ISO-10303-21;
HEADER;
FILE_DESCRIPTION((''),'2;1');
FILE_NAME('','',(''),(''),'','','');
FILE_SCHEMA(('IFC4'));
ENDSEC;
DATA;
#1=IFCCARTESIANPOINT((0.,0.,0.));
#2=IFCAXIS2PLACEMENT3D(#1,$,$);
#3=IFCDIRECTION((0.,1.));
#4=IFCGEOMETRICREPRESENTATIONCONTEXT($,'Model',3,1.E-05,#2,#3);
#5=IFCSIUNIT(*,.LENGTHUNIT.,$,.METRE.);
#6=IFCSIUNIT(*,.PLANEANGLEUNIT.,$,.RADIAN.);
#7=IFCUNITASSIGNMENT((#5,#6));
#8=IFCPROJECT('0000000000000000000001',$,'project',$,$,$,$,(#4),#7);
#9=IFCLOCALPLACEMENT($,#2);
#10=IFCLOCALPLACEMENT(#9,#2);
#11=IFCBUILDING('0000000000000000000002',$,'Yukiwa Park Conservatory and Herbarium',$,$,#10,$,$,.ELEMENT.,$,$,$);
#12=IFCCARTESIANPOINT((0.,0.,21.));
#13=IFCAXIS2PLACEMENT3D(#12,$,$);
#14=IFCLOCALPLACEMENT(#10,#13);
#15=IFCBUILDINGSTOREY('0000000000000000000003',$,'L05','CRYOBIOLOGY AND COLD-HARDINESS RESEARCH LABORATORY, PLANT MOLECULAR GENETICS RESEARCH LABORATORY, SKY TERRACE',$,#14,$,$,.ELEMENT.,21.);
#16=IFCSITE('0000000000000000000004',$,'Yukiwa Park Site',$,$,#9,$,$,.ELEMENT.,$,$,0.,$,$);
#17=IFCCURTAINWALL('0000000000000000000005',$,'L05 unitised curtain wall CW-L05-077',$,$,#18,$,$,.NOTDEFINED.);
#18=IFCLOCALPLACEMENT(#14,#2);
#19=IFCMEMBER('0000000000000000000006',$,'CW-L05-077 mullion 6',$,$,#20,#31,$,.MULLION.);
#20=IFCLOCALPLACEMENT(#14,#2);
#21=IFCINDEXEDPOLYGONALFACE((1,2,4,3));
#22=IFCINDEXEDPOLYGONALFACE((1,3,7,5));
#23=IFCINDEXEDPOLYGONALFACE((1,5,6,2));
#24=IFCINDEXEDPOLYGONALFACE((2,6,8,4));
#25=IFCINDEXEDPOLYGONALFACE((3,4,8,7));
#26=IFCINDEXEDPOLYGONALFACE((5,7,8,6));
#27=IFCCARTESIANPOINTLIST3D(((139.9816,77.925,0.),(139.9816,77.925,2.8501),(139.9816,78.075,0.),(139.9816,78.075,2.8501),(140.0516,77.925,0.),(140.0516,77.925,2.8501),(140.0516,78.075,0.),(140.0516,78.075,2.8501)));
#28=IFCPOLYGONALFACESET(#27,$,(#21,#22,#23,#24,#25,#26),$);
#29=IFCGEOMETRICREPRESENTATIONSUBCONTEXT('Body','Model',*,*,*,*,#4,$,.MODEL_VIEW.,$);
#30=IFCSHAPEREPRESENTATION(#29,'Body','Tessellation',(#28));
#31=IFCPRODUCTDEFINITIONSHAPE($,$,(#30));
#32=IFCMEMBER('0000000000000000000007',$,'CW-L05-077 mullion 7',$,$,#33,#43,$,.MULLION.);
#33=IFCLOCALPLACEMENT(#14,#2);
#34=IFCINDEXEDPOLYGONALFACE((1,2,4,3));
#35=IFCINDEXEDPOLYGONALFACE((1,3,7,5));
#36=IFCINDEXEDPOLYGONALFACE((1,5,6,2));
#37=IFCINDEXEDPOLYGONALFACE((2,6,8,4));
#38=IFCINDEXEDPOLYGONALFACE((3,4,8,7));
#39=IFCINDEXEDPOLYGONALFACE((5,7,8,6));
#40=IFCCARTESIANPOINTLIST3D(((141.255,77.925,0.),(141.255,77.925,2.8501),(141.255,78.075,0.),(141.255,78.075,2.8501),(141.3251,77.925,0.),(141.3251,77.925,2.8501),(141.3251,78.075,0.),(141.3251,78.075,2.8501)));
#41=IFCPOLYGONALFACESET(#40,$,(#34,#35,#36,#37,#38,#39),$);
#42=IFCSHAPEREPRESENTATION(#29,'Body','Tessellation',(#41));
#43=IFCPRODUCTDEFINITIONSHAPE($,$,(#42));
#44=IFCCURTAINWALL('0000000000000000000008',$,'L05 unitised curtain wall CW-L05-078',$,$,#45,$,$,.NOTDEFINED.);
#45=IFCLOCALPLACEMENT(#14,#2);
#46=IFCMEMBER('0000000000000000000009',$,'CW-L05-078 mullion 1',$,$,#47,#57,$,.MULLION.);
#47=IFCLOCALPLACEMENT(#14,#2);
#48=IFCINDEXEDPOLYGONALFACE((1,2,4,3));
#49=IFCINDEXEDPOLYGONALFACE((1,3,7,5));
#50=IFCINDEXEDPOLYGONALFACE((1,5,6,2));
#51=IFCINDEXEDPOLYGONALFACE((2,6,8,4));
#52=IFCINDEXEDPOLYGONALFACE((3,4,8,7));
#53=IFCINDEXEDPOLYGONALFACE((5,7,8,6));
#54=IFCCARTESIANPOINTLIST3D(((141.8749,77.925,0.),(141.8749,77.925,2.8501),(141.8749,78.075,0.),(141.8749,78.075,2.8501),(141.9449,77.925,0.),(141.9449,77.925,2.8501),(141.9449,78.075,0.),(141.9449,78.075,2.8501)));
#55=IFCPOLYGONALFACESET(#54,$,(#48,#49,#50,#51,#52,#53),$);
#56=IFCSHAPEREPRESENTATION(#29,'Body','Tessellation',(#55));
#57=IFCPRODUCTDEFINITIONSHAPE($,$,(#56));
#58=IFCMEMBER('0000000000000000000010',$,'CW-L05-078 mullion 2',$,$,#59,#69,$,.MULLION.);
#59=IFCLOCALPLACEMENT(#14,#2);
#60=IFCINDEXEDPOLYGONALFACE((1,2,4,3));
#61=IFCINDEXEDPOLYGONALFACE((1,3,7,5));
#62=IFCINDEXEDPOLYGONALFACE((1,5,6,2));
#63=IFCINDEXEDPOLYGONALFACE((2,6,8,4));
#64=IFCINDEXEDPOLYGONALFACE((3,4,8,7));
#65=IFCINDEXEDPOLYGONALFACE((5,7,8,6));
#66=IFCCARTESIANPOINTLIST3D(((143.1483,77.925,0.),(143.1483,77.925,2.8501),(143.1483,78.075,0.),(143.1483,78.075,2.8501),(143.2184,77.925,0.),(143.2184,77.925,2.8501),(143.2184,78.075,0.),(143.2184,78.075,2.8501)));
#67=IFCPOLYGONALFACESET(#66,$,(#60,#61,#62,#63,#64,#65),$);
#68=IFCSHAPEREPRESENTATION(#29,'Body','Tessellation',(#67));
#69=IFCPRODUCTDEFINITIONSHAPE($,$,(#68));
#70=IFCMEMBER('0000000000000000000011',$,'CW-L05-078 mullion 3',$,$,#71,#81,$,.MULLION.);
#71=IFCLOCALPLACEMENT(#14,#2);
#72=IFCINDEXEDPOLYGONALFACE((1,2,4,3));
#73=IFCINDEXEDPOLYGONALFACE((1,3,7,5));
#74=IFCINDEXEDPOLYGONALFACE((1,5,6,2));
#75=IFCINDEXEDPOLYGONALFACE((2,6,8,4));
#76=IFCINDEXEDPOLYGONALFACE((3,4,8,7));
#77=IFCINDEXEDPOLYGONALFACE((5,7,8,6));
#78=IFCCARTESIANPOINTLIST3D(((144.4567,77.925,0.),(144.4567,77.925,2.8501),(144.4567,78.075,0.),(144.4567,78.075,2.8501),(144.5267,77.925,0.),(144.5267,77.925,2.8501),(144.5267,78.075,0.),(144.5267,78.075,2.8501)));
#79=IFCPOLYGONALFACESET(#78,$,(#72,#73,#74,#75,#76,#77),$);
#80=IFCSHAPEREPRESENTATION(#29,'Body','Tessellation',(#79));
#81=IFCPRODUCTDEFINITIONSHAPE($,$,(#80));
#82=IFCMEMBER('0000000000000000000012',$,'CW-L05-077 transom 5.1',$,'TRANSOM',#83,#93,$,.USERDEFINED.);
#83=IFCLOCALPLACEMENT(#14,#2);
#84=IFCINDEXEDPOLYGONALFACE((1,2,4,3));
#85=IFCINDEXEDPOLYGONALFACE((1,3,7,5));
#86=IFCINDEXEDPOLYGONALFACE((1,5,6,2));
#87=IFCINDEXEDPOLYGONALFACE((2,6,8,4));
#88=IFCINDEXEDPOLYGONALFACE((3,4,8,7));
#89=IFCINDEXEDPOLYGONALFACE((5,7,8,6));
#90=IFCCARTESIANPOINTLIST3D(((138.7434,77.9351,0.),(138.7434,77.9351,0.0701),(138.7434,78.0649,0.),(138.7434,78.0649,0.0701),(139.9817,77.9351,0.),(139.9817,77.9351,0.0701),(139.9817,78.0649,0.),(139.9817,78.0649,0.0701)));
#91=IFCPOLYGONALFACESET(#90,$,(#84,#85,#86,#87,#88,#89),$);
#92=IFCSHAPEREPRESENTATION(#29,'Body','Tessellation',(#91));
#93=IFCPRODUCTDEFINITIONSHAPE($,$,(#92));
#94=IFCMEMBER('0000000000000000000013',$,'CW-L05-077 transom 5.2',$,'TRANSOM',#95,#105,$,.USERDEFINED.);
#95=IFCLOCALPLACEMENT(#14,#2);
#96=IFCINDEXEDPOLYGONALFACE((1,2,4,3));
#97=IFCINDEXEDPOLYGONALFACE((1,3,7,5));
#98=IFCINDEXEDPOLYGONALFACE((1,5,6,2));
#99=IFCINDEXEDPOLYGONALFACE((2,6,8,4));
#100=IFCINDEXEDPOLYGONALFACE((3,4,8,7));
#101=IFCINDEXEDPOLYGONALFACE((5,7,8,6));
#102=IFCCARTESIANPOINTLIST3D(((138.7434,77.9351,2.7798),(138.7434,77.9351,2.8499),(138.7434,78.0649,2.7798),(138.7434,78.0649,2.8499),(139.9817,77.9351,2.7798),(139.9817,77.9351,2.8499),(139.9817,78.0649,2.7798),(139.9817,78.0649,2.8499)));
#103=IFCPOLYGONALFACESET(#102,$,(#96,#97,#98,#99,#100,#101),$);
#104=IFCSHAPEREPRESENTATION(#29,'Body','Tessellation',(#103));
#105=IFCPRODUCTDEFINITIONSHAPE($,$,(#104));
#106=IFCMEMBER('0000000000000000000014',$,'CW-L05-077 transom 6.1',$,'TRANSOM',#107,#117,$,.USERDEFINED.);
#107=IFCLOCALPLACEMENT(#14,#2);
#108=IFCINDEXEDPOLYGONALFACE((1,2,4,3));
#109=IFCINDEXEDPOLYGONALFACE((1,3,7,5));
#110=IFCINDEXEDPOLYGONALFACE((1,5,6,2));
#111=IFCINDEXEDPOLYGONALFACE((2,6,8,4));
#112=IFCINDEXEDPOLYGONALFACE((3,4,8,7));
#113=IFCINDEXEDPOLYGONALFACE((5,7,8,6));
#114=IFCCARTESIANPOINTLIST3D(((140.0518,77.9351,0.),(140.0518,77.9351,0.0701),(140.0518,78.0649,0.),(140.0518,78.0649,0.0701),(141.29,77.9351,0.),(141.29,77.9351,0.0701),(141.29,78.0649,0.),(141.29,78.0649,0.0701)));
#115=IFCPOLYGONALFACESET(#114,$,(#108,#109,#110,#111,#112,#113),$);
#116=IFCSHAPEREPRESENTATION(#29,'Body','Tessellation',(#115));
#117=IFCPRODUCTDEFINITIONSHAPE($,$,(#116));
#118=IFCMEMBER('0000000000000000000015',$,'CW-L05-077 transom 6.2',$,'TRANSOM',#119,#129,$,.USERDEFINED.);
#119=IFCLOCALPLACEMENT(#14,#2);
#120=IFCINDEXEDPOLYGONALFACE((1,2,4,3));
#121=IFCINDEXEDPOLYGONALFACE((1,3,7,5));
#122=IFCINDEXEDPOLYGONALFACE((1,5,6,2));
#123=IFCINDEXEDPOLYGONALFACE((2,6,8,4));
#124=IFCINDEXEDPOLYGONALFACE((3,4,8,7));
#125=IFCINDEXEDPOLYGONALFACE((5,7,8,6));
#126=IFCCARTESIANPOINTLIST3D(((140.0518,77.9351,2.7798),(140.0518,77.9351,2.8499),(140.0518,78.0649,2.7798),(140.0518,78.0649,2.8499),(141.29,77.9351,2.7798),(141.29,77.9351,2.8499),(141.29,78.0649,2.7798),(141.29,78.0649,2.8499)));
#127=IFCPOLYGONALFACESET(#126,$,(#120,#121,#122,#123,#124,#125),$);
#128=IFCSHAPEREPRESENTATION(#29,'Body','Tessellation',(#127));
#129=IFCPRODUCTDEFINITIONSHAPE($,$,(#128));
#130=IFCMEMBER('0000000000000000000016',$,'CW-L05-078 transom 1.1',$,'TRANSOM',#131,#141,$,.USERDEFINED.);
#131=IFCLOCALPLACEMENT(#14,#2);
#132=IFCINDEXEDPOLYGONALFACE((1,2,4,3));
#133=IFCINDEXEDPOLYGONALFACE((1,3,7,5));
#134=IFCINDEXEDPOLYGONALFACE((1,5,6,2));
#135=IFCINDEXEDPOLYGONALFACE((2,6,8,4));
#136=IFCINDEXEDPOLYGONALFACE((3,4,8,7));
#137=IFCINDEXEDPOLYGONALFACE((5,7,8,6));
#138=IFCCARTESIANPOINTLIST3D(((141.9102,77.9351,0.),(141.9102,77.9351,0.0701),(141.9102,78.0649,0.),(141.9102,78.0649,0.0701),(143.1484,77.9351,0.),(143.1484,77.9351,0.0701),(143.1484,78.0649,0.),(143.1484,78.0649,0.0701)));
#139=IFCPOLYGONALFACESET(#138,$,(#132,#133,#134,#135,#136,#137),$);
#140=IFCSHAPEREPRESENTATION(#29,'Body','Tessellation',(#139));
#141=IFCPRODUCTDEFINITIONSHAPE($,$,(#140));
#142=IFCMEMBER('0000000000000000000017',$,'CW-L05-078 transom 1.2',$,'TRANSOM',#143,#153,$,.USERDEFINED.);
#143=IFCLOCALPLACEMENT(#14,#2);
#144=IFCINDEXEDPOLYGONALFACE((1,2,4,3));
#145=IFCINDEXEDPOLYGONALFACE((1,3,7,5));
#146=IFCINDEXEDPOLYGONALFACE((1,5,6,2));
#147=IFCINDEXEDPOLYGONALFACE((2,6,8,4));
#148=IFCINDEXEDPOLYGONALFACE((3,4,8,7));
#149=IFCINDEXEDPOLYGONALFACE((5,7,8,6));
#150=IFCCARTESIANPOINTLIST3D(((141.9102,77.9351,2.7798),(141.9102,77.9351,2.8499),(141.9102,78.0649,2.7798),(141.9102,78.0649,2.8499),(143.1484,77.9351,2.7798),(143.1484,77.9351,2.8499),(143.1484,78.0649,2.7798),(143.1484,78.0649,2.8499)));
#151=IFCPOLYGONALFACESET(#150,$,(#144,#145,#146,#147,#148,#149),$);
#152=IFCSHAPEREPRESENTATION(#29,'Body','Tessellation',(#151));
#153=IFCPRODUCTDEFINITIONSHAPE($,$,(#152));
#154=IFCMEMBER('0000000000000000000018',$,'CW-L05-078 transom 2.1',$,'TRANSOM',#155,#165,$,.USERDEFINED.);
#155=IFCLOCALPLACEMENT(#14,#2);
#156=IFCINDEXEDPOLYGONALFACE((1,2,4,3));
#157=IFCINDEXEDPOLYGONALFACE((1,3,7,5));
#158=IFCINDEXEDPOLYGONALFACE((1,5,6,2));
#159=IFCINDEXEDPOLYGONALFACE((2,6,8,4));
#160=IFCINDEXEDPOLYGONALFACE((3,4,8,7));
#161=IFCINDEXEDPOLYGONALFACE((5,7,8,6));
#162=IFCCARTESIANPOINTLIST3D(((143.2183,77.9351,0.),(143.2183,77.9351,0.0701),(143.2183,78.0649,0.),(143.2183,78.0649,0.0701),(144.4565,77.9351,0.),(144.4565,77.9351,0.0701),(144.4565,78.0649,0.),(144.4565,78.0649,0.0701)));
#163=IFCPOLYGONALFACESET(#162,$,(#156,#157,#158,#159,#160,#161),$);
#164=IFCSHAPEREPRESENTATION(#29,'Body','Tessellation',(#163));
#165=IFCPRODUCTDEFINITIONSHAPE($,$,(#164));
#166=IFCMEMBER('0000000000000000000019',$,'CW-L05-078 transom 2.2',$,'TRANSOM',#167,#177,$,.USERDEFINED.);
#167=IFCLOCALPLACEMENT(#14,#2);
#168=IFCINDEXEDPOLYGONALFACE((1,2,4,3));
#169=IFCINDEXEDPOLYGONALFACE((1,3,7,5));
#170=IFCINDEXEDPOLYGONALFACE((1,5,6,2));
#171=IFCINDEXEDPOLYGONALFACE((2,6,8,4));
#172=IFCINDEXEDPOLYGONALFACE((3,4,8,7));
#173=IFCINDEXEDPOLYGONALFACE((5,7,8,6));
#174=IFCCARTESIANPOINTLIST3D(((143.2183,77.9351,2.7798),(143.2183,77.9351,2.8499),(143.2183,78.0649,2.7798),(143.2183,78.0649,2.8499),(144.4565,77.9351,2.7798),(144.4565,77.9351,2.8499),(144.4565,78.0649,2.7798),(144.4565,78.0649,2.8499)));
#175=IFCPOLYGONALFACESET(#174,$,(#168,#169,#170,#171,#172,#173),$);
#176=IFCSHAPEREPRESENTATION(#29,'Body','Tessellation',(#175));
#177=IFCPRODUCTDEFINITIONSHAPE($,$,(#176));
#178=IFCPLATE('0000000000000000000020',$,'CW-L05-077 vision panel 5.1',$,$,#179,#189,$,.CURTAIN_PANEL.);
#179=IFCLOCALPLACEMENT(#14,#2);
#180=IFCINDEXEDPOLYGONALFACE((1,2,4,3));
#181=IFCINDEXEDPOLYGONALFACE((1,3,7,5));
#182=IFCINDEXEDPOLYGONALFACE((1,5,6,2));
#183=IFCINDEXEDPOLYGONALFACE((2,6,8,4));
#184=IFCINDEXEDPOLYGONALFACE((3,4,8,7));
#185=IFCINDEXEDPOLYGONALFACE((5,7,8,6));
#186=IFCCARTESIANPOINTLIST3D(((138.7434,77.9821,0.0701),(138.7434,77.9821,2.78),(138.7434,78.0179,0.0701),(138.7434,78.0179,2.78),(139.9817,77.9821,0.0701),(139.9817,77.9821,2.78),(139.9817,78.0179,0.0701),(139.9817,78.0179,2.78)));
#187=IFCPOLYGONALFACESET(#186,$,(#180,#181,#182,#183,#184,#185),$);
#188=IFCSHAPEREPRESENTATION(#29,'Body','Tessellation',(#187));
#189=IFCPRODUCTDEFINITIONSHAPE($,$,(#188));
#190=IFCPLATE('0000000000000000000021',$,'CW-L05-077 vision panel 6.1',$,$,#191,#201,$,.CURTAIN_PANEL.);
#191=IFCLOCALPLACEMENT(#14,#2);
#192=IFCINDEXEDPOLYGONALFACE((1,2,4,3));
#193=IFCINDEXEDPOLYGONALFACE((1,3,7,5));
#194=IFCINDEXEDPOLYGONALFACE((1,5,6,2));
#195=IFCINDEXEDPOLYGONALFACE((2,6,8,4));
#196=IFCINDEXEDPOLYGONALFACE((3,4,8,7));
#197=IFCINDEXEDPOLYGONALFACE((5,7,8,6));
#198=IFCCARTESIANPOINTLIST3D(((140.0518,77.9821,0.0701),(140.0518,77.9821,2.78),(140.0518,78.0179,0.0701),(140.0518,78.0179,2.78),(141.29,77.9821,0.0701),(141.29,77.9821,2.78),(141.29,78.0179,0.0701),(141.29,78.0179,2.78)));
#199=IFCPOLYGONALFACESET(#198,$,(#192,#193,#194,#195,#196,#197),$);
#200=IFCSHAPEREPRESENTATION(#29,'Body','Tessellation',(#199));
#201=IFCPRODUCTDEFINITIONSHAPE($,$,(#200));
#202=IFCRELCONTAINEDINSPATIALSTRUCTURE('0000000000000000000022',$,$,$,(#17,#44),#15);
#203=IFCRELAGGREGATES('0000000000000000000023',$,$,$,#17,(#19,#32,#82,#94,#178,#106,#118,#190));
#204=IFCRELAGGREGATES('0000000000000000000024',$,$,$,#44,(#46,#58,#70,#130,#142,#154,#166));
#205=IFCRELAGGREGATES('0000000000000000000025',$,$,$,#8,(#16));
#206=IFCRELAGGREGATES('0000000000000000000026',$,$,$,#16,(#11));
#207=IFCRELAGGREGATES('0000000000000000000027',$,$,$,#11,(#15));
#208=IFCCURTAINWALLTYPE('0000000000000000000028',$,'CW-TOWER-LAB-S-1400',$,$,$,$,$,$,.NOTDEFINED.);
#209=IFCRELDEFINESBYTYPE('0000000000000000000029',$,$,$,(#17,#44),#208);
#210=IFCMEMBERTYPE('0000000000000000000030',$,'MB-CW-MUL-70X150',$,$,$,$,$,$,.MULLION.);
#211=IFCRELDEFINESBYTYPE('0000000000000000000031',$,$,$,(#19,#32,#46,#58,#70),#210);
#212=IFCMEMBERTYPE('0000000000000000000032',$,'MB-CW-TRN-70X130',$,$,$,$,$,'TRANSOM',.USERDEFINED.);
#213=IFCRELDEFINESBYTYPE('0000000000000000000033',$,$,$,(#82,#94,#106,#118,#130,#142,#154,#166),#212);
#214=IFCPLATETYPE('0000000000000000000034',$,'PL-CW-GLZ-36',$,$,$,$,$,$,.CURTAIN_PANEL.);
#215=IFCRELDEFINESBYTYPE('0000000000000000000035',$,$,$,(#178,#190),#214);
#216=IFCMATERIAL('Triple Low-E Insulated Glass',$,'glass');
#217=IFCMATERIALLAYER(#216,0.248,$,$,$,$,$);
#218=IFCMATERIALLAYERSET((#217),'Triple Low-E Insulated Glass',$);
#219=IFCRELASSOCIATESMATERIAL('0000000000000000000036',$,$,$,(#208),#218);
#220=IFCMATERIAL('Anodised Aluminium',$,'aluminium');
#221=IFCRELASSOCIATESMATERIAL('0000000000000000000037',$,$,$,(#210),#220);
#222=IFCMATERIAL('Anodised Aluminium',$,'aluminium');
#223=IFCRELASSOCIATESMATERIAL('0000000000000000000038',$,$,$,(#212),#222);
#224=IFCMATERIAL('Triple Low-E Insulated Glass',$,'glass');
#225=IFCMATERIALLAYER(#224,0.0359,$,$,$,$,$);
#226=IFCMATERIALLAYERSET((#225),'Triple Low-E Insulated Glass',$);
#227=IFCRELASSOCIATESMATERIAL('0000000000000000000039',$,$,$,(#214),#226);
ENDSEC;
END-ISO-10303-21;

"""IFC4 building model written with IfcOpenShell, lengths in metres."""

from ifc_helpers import new_model, si_unit, direction, frame, origin, origin_2d, place, context, subcontext, project, spatial, rectangle, extrude, material, layer, layer_set, type_object, element, aggregate, save


model = new_model("IFC4")

# Units and contexts
model_context = context("Model", 3, precision=1e-05, world=origin(), true_north=direction((0.0, 1.0)))
body_context = subcontext(model_context, "Body", "Model", "MODEL_VIEW")
ifc_project = project(units=[si_unit("LENGTHUNIT", "METRE"), si_unit("PLANEANGLEUNIT", "RADIAN")], contexts=[model_context])

# Site, building, storey
site_placement = place(None, origin())
site = spatial("IfcSite", under=ifc_project, at=site_placement, Name="Yukiwa Park Site", CompositionType="ELEMENT", RefElevation=0.0)
building_placement = place(site_placement, origin())
building = spatial("IfcBuilding", under=site, at=building_placement, Name="Yukiwa Park Conservatory and Herbarium", CompositionType="ELEMENT")
storey_placement = place(building_placement, frame((0.0, 0.0, 21.0)))
storey = spatial("IfcBuildingStorey", under=building, at=storey_placement, Name="L05", Description="CRYOBIOLOGY AND COLD-HARDINESS RESEARCH LABORATORY, PLANT MOLECULAR GENETICS RESEARCH LABORATORY, SKY TERRACE", CompositionType="ELEMENT", Elevation=21.0)

# Curtain walls, members
ifc_material_1 = material(Name="Triple Low-E Insulated Glass", Category="glass")
ifc_layer_1 = layer(ifc_material_1, 0.248)
ifc_layer_set_1 = layer_set([ifc_layer_1], Name="Triple Low-E Insulated Glass")
curtain_wall_type = type_object("IfcCurtainWallType", Name="CW-TOWER-LAB-S-1400", PredefinedType="NOTDEFINED", material=ifc_layer_set_1)
curtain_wall_1_placement = place(storey_placement, origin())
curtain_wall_1 = element("IfcCurtainWall", 1, at=curtain_wall_1_placement, inside=storey, type_object=curtain_wall_type, Name="L05 unitised curtain wall CW-L05-077", PredefinedType="NOTDEFINED")
ifc_material_2 = material(Name="Anodised Aluminium", Category="aluminium")
member_type_1 = type_object("IfcMemberType", Name="MB-CW-MUL-70X150", PredefinedType="MULLION", material=ifc_material_2)
member_1_placement = place(storey_placement, frame((140.0166, 78.0, 0.0), z_axis=(0.0, 0.0, 1.0), x_axis=(1.0, 0.0, 0.0)))
member_1 = element("IfcMember", 2, at=member_1_placement, type_object=member_type_1, Name="CW-L05-077 mullion 6", PredefinedType="MULLION", context=body_context, shape_type="SweptSolid", body=[
    extrude(rectangle(XDim=0.0701, YDim=0.1499, at=origin_2d()), origin(), (0.0, 0.0, 1.0), 2.8501),
])
member_2_placement = place(storey_placement, frame((141.29, 78.0, 0.0), z_axis=(0.0, 0.0, 1.0), x_axis=(1.0, 0.0, 0.0)))
member_2 = element("IfcMember", 3, at=member_2_placement, type_object=member_type_1, Name="CW-L05-077 mullion 7", PredefinedType="MULLION", context=body_context, shape_type="SweptSolid", body=[
    extrude(rectangle(XDim=0.0701, YDim=0.1499, at=origin_2d()), origin(), (0.0, 0.0, 1.0), 2.8501),
])
curtain_wall_2_placement = place(storey_placement, origin())
curtain_wall_2 = element("IfcCurtainWall", 4, at=curtain_wall_2_placement, inside=storey, type_object=curtain_wall_type, Name="L05 unitised curtain wall CW-L05-078", PredefinedType="NOTDEFINED")
member_3_placement = place(storey_placement, frame((141.9099, 78.0, 0.0), z_axis=(0.0, 0.0, 1.0), x_axis=(1.0, 0.0, 0.0)))
member_3 = element("IfcMember", 5, at=member_3_placement, type_object=member_type_1, Name="CW-L05-078 mullion 1", PredefinedType="MULLION", context=body_context, shape_type="SweptSolid", body=[
    extrude(rectangle(XDim=0.0701, YDim=0.1499, at=origin_2d()), origin(), (0.0, 0.0, 1.0), 2.8501),
])
member_4_placement = place(storey_placement, frame((143.1833, 78.0, 0.0), z_axis=(0.0, 0.0, 1.0), x_axis=(1.0, 0.0, 0.0)))
member_4 = element("IfcMember", 6, at=member_4_placement, type_object=member_type_1, Name="CW-L05-078 mullion 2", PredefinedType="MULLION", context=body_context, shape_type="SweptSolid", body=[
    extrude(rectangle(XDim=0.0701, YDim=0.1499, at=origin_2d()), origin(), (0.0, 0.0, 1.0), 2.8501),
])
member_5_placement = place(storey_placement, frame((144.4917, 78.0, 0.0), z_axis=(0.0, 0.0, 1.0), x_axis=(1.0, 0.0, 0.0)))
member_5 = element("IfcMember", 7, at=member_5_placement, type_object=member_type_1, Name="CW-L05-078 mullion 3", PredefinedType="MULLION", context=body_context, shape_type="SweptSolid", body=[
    extrude(rectangle(XDim=0.0701, YDim=0.1499, at=origin_2d()), origin(), (0.0, 0.0, 1.0), 2.8501),
])

# Members
ifc_material_3 = material(Name="Anodised Aluminium", Category="aluminium")
member_type_2 = type_object("IfcMemberType", Name="MB-CW-TRN-70X130", ElementType="TRANSOM", PredefinedType="USERDEFINED", material=ifc_material_3)
member_6_placement = place(storey_placement, frame((139.3625, 78.0, 0.0), z_axis=(0.0, 0.0, 1.0), x_axis=(1.0, 0.0, 0.0)))
member_6 = element("IfcMember", 8, at=member_6_placement, type_object=member_type_2, Name="CW-L05-077 transom 5.1", ObjectType="TRANSOM", PredefinedType="USERDEFINED", context=body_context, shape_type="SweptSolid", body=[
    extrude(rectangle(XDim=1.2383, YDim=0.1299, at=origin_2d()), origin(), (0.0, 0.0, 1.0), 0.0701),
])
member_7_placement = place(storey_placement, frame((139.3625, 78.0, 2.7798), z_axis=(0.0, 0.0, 1.0), x_axis=(1.0, 0.0, 0.0)))
member_7 = element("IfcMember", 9, at=member_7_placement, type_object=member_type_2, Name="CW-L05-077 transom 5.2", ObjectType="TRANSOM", PredefinedType="USERDEFINED", context=body_context, shape_type="SweptSolid", body=[
    extrude(rectangle(XDim=1.2383, YDim=0.1299, at=origin_2d()), origin(), (0.0, 0.0, 1.0), 0.0701),
])
member_8_placement = place(storey_placement, frame((140.6709, 78.0, 0.0), z_axis=(0.0, 0.0, 1.0), x_axis=(1.0, 0.0, 0.0)))
member_8 = element("IfcMember", 10, at=member_8_placement, type_object=member_type_2, Name="CW-L05-077 transom 6.1", ObjectType="TRANSOM", PredefinedType="USERDEFINED", context=body_context, shape_type="SweptSolid", body=[
    extrude(rectangle(XDim=1.2383, YDim=0.1299, at=origin_2d()), origin(), (0.0, 0.0, 1.0), 0.0701),
])
member_9_placement = place(storey_placement, frame((140.6709, 78.0, 2.7798), z_axis=(0.0, 0.0, 1.0), x_axis=(1.0, 0.0, 0.0)))
member_9 = element("IfcMember", 11, at=member_9_placement, type_object=member_type_2, Name="CW-L05-077 transom 6.2", ObjectType="TRANSOM", PredefinedType="USERDEFINED", context=body_context, shape_type="SweptSolid", body=[
    extrude(rectangle(XDim=1.2383, YDim=0.1299, at=origin_2d()), origin(), (0.0, 0.0, 1.0), 0.0701),
])
member_10_placement = place(storey_placement, frame((142.5293, 78.0, 0.0), z_axis=(0.0, 0.0, 1.0), x_axis=(1.0, 0.0, 0.0)))
member_10 = element("IfcMember", 12, at=member_10_placement, type_object=member_type_2, Name="CW-L05-078 transom 1.1", ObjectType="TRANSOM", PredefinedType="USERDEFINED", context=body_context, shape_type="SweptSolid", body=[
    extrude(rectangle(XDim=1.2383, YDim=0.1299, at=origin_2d()), origin(), (0.0, 0.0, 1.0), 0.0701),
])
member_11_placement = place(storey_placement, frame((142.5293, 78.0, 2.7798), z_axis=(0.0, 0.0, 1.0), x_axis=(1.0, 0.0, 0.0)))
member_11 = element("IfcMember", 13, at=member_11_placement, type_object=member_type_2, Name="CW-L05-078 transom 1.2", ObjectType="TRANSOM", PredefinedType="USERDEFINED", context=body_context, shape_type="SweptSolid", body=[
    extrude(rectangle(XDim=1.2383, YDim=0.1299, at=origin_2d()), origin(), (0.0, 0.0, 1.0), 0.0701),
])
member_12_placement = place(storey_placement, frame((143.8374, 78.0, 0.0), z_axis=(0.0, 0.0, 1.0), x_axis=(1.0, 0.0, 0.0)))
member_12 = element("IfcMember", 14, at=member_12_placement, type_object=member_type_2, Name="CW-L05-078 transom 2.1", ObjectType="TRANSOM", PredefinedType="USERDEFINED", context=body_context, shape_type="SweptSolid", body=[
    extrude(rectangle(XDim=1.2383, YDim=0.1299, at=origin_2d()), origin(), (0.0, 0.0, 1.0), 0.0701),
])
member_13_placement = place(storey_placement, frame((143.8374, 78.0, 2.7798), z_axis=(0.0, 0.0, 1.0), x_axis=(1.0, 0.0, 0.0)))
member_13 = element("IfcMember", 15, at=member_13_placement, type_object=member_type_2, Name="CW-L05-078 transom 2.2", ObjectType="TRANSOM", PredefinedType="USERDEFINED", context=body_context, shape_type="SweptSolid", body=[
    extrude(rectangle(XDim=1.2383, YDim=0.1299, at=origin_2d()), origin(), (0.0, 0.0, 1.0), 0.0701),
])

# Plates
ifc_material_4 = material(Name="Triple Low-E Insulated Glass", Category="glass")
ifc_layer_2 = layer(ifc_material_4, 0.0359)
ifc_layer_set_2 = layer_set([ifc_layer_2], Name="Triple Low-E Insulated Glass")
plate_type = type_object("IfcPlateType", Name="PL-CW-GLZ-36", PredefinedType="CURTAIN_PANEL", material=ifc_layer_set_2)
plate_1_placement = place(storey_placement, frame((139.3625, 78.0, 0.0701), z_axis=(0.0, 0.0, 1.0), x_axis=(1.0, 0.0, 0.0)))
plate_1 = element("IfcPlate", 16, at=plate_1_placement, type_object=plate_type, Name="CW-L05-077 vision panel 5.1", PredefinedType="CURTAIN_PANEL", context=body_context, shape_type="SweptSolid", body=[
    extrude(rectangle(XDim=1.2383, YDim=0.0359, at=origin_2d()), origin(), (0.0, 0.0, 1.0), 2.71),
])
plate_2_placement = place(storey_placement, frame((140.6709, 78.0, 0.0701), z_axis=(0.0, 0.0, 1.0), x_axis=(1.0, 0.0, 0.0)))
plate_2 = element("IfcPlate", 17, at=plate_2_placement, type_object=plate_type, Name="CW-L05-077 vision panel 6.1", PredefinedType="CURTAIN_PANEL", context=body_context, shape_type="SweptSolid", body=[
    extrude(rectangle(XDim=1.2383, YDim=0.0359, at=origin_2d()), origin(), (0.0, 0.0, 1.0), 2.71),
])
aggregate(curtain_wall_1, [member_1, member_2, member_6, member_7, plate_1, member_8, member_9, plate_2])
aggregate(curtain_wall_2, [member_3, member_4, member_5, member_10, member_11, member_12, member_13])

save(model, "model.ifc")
